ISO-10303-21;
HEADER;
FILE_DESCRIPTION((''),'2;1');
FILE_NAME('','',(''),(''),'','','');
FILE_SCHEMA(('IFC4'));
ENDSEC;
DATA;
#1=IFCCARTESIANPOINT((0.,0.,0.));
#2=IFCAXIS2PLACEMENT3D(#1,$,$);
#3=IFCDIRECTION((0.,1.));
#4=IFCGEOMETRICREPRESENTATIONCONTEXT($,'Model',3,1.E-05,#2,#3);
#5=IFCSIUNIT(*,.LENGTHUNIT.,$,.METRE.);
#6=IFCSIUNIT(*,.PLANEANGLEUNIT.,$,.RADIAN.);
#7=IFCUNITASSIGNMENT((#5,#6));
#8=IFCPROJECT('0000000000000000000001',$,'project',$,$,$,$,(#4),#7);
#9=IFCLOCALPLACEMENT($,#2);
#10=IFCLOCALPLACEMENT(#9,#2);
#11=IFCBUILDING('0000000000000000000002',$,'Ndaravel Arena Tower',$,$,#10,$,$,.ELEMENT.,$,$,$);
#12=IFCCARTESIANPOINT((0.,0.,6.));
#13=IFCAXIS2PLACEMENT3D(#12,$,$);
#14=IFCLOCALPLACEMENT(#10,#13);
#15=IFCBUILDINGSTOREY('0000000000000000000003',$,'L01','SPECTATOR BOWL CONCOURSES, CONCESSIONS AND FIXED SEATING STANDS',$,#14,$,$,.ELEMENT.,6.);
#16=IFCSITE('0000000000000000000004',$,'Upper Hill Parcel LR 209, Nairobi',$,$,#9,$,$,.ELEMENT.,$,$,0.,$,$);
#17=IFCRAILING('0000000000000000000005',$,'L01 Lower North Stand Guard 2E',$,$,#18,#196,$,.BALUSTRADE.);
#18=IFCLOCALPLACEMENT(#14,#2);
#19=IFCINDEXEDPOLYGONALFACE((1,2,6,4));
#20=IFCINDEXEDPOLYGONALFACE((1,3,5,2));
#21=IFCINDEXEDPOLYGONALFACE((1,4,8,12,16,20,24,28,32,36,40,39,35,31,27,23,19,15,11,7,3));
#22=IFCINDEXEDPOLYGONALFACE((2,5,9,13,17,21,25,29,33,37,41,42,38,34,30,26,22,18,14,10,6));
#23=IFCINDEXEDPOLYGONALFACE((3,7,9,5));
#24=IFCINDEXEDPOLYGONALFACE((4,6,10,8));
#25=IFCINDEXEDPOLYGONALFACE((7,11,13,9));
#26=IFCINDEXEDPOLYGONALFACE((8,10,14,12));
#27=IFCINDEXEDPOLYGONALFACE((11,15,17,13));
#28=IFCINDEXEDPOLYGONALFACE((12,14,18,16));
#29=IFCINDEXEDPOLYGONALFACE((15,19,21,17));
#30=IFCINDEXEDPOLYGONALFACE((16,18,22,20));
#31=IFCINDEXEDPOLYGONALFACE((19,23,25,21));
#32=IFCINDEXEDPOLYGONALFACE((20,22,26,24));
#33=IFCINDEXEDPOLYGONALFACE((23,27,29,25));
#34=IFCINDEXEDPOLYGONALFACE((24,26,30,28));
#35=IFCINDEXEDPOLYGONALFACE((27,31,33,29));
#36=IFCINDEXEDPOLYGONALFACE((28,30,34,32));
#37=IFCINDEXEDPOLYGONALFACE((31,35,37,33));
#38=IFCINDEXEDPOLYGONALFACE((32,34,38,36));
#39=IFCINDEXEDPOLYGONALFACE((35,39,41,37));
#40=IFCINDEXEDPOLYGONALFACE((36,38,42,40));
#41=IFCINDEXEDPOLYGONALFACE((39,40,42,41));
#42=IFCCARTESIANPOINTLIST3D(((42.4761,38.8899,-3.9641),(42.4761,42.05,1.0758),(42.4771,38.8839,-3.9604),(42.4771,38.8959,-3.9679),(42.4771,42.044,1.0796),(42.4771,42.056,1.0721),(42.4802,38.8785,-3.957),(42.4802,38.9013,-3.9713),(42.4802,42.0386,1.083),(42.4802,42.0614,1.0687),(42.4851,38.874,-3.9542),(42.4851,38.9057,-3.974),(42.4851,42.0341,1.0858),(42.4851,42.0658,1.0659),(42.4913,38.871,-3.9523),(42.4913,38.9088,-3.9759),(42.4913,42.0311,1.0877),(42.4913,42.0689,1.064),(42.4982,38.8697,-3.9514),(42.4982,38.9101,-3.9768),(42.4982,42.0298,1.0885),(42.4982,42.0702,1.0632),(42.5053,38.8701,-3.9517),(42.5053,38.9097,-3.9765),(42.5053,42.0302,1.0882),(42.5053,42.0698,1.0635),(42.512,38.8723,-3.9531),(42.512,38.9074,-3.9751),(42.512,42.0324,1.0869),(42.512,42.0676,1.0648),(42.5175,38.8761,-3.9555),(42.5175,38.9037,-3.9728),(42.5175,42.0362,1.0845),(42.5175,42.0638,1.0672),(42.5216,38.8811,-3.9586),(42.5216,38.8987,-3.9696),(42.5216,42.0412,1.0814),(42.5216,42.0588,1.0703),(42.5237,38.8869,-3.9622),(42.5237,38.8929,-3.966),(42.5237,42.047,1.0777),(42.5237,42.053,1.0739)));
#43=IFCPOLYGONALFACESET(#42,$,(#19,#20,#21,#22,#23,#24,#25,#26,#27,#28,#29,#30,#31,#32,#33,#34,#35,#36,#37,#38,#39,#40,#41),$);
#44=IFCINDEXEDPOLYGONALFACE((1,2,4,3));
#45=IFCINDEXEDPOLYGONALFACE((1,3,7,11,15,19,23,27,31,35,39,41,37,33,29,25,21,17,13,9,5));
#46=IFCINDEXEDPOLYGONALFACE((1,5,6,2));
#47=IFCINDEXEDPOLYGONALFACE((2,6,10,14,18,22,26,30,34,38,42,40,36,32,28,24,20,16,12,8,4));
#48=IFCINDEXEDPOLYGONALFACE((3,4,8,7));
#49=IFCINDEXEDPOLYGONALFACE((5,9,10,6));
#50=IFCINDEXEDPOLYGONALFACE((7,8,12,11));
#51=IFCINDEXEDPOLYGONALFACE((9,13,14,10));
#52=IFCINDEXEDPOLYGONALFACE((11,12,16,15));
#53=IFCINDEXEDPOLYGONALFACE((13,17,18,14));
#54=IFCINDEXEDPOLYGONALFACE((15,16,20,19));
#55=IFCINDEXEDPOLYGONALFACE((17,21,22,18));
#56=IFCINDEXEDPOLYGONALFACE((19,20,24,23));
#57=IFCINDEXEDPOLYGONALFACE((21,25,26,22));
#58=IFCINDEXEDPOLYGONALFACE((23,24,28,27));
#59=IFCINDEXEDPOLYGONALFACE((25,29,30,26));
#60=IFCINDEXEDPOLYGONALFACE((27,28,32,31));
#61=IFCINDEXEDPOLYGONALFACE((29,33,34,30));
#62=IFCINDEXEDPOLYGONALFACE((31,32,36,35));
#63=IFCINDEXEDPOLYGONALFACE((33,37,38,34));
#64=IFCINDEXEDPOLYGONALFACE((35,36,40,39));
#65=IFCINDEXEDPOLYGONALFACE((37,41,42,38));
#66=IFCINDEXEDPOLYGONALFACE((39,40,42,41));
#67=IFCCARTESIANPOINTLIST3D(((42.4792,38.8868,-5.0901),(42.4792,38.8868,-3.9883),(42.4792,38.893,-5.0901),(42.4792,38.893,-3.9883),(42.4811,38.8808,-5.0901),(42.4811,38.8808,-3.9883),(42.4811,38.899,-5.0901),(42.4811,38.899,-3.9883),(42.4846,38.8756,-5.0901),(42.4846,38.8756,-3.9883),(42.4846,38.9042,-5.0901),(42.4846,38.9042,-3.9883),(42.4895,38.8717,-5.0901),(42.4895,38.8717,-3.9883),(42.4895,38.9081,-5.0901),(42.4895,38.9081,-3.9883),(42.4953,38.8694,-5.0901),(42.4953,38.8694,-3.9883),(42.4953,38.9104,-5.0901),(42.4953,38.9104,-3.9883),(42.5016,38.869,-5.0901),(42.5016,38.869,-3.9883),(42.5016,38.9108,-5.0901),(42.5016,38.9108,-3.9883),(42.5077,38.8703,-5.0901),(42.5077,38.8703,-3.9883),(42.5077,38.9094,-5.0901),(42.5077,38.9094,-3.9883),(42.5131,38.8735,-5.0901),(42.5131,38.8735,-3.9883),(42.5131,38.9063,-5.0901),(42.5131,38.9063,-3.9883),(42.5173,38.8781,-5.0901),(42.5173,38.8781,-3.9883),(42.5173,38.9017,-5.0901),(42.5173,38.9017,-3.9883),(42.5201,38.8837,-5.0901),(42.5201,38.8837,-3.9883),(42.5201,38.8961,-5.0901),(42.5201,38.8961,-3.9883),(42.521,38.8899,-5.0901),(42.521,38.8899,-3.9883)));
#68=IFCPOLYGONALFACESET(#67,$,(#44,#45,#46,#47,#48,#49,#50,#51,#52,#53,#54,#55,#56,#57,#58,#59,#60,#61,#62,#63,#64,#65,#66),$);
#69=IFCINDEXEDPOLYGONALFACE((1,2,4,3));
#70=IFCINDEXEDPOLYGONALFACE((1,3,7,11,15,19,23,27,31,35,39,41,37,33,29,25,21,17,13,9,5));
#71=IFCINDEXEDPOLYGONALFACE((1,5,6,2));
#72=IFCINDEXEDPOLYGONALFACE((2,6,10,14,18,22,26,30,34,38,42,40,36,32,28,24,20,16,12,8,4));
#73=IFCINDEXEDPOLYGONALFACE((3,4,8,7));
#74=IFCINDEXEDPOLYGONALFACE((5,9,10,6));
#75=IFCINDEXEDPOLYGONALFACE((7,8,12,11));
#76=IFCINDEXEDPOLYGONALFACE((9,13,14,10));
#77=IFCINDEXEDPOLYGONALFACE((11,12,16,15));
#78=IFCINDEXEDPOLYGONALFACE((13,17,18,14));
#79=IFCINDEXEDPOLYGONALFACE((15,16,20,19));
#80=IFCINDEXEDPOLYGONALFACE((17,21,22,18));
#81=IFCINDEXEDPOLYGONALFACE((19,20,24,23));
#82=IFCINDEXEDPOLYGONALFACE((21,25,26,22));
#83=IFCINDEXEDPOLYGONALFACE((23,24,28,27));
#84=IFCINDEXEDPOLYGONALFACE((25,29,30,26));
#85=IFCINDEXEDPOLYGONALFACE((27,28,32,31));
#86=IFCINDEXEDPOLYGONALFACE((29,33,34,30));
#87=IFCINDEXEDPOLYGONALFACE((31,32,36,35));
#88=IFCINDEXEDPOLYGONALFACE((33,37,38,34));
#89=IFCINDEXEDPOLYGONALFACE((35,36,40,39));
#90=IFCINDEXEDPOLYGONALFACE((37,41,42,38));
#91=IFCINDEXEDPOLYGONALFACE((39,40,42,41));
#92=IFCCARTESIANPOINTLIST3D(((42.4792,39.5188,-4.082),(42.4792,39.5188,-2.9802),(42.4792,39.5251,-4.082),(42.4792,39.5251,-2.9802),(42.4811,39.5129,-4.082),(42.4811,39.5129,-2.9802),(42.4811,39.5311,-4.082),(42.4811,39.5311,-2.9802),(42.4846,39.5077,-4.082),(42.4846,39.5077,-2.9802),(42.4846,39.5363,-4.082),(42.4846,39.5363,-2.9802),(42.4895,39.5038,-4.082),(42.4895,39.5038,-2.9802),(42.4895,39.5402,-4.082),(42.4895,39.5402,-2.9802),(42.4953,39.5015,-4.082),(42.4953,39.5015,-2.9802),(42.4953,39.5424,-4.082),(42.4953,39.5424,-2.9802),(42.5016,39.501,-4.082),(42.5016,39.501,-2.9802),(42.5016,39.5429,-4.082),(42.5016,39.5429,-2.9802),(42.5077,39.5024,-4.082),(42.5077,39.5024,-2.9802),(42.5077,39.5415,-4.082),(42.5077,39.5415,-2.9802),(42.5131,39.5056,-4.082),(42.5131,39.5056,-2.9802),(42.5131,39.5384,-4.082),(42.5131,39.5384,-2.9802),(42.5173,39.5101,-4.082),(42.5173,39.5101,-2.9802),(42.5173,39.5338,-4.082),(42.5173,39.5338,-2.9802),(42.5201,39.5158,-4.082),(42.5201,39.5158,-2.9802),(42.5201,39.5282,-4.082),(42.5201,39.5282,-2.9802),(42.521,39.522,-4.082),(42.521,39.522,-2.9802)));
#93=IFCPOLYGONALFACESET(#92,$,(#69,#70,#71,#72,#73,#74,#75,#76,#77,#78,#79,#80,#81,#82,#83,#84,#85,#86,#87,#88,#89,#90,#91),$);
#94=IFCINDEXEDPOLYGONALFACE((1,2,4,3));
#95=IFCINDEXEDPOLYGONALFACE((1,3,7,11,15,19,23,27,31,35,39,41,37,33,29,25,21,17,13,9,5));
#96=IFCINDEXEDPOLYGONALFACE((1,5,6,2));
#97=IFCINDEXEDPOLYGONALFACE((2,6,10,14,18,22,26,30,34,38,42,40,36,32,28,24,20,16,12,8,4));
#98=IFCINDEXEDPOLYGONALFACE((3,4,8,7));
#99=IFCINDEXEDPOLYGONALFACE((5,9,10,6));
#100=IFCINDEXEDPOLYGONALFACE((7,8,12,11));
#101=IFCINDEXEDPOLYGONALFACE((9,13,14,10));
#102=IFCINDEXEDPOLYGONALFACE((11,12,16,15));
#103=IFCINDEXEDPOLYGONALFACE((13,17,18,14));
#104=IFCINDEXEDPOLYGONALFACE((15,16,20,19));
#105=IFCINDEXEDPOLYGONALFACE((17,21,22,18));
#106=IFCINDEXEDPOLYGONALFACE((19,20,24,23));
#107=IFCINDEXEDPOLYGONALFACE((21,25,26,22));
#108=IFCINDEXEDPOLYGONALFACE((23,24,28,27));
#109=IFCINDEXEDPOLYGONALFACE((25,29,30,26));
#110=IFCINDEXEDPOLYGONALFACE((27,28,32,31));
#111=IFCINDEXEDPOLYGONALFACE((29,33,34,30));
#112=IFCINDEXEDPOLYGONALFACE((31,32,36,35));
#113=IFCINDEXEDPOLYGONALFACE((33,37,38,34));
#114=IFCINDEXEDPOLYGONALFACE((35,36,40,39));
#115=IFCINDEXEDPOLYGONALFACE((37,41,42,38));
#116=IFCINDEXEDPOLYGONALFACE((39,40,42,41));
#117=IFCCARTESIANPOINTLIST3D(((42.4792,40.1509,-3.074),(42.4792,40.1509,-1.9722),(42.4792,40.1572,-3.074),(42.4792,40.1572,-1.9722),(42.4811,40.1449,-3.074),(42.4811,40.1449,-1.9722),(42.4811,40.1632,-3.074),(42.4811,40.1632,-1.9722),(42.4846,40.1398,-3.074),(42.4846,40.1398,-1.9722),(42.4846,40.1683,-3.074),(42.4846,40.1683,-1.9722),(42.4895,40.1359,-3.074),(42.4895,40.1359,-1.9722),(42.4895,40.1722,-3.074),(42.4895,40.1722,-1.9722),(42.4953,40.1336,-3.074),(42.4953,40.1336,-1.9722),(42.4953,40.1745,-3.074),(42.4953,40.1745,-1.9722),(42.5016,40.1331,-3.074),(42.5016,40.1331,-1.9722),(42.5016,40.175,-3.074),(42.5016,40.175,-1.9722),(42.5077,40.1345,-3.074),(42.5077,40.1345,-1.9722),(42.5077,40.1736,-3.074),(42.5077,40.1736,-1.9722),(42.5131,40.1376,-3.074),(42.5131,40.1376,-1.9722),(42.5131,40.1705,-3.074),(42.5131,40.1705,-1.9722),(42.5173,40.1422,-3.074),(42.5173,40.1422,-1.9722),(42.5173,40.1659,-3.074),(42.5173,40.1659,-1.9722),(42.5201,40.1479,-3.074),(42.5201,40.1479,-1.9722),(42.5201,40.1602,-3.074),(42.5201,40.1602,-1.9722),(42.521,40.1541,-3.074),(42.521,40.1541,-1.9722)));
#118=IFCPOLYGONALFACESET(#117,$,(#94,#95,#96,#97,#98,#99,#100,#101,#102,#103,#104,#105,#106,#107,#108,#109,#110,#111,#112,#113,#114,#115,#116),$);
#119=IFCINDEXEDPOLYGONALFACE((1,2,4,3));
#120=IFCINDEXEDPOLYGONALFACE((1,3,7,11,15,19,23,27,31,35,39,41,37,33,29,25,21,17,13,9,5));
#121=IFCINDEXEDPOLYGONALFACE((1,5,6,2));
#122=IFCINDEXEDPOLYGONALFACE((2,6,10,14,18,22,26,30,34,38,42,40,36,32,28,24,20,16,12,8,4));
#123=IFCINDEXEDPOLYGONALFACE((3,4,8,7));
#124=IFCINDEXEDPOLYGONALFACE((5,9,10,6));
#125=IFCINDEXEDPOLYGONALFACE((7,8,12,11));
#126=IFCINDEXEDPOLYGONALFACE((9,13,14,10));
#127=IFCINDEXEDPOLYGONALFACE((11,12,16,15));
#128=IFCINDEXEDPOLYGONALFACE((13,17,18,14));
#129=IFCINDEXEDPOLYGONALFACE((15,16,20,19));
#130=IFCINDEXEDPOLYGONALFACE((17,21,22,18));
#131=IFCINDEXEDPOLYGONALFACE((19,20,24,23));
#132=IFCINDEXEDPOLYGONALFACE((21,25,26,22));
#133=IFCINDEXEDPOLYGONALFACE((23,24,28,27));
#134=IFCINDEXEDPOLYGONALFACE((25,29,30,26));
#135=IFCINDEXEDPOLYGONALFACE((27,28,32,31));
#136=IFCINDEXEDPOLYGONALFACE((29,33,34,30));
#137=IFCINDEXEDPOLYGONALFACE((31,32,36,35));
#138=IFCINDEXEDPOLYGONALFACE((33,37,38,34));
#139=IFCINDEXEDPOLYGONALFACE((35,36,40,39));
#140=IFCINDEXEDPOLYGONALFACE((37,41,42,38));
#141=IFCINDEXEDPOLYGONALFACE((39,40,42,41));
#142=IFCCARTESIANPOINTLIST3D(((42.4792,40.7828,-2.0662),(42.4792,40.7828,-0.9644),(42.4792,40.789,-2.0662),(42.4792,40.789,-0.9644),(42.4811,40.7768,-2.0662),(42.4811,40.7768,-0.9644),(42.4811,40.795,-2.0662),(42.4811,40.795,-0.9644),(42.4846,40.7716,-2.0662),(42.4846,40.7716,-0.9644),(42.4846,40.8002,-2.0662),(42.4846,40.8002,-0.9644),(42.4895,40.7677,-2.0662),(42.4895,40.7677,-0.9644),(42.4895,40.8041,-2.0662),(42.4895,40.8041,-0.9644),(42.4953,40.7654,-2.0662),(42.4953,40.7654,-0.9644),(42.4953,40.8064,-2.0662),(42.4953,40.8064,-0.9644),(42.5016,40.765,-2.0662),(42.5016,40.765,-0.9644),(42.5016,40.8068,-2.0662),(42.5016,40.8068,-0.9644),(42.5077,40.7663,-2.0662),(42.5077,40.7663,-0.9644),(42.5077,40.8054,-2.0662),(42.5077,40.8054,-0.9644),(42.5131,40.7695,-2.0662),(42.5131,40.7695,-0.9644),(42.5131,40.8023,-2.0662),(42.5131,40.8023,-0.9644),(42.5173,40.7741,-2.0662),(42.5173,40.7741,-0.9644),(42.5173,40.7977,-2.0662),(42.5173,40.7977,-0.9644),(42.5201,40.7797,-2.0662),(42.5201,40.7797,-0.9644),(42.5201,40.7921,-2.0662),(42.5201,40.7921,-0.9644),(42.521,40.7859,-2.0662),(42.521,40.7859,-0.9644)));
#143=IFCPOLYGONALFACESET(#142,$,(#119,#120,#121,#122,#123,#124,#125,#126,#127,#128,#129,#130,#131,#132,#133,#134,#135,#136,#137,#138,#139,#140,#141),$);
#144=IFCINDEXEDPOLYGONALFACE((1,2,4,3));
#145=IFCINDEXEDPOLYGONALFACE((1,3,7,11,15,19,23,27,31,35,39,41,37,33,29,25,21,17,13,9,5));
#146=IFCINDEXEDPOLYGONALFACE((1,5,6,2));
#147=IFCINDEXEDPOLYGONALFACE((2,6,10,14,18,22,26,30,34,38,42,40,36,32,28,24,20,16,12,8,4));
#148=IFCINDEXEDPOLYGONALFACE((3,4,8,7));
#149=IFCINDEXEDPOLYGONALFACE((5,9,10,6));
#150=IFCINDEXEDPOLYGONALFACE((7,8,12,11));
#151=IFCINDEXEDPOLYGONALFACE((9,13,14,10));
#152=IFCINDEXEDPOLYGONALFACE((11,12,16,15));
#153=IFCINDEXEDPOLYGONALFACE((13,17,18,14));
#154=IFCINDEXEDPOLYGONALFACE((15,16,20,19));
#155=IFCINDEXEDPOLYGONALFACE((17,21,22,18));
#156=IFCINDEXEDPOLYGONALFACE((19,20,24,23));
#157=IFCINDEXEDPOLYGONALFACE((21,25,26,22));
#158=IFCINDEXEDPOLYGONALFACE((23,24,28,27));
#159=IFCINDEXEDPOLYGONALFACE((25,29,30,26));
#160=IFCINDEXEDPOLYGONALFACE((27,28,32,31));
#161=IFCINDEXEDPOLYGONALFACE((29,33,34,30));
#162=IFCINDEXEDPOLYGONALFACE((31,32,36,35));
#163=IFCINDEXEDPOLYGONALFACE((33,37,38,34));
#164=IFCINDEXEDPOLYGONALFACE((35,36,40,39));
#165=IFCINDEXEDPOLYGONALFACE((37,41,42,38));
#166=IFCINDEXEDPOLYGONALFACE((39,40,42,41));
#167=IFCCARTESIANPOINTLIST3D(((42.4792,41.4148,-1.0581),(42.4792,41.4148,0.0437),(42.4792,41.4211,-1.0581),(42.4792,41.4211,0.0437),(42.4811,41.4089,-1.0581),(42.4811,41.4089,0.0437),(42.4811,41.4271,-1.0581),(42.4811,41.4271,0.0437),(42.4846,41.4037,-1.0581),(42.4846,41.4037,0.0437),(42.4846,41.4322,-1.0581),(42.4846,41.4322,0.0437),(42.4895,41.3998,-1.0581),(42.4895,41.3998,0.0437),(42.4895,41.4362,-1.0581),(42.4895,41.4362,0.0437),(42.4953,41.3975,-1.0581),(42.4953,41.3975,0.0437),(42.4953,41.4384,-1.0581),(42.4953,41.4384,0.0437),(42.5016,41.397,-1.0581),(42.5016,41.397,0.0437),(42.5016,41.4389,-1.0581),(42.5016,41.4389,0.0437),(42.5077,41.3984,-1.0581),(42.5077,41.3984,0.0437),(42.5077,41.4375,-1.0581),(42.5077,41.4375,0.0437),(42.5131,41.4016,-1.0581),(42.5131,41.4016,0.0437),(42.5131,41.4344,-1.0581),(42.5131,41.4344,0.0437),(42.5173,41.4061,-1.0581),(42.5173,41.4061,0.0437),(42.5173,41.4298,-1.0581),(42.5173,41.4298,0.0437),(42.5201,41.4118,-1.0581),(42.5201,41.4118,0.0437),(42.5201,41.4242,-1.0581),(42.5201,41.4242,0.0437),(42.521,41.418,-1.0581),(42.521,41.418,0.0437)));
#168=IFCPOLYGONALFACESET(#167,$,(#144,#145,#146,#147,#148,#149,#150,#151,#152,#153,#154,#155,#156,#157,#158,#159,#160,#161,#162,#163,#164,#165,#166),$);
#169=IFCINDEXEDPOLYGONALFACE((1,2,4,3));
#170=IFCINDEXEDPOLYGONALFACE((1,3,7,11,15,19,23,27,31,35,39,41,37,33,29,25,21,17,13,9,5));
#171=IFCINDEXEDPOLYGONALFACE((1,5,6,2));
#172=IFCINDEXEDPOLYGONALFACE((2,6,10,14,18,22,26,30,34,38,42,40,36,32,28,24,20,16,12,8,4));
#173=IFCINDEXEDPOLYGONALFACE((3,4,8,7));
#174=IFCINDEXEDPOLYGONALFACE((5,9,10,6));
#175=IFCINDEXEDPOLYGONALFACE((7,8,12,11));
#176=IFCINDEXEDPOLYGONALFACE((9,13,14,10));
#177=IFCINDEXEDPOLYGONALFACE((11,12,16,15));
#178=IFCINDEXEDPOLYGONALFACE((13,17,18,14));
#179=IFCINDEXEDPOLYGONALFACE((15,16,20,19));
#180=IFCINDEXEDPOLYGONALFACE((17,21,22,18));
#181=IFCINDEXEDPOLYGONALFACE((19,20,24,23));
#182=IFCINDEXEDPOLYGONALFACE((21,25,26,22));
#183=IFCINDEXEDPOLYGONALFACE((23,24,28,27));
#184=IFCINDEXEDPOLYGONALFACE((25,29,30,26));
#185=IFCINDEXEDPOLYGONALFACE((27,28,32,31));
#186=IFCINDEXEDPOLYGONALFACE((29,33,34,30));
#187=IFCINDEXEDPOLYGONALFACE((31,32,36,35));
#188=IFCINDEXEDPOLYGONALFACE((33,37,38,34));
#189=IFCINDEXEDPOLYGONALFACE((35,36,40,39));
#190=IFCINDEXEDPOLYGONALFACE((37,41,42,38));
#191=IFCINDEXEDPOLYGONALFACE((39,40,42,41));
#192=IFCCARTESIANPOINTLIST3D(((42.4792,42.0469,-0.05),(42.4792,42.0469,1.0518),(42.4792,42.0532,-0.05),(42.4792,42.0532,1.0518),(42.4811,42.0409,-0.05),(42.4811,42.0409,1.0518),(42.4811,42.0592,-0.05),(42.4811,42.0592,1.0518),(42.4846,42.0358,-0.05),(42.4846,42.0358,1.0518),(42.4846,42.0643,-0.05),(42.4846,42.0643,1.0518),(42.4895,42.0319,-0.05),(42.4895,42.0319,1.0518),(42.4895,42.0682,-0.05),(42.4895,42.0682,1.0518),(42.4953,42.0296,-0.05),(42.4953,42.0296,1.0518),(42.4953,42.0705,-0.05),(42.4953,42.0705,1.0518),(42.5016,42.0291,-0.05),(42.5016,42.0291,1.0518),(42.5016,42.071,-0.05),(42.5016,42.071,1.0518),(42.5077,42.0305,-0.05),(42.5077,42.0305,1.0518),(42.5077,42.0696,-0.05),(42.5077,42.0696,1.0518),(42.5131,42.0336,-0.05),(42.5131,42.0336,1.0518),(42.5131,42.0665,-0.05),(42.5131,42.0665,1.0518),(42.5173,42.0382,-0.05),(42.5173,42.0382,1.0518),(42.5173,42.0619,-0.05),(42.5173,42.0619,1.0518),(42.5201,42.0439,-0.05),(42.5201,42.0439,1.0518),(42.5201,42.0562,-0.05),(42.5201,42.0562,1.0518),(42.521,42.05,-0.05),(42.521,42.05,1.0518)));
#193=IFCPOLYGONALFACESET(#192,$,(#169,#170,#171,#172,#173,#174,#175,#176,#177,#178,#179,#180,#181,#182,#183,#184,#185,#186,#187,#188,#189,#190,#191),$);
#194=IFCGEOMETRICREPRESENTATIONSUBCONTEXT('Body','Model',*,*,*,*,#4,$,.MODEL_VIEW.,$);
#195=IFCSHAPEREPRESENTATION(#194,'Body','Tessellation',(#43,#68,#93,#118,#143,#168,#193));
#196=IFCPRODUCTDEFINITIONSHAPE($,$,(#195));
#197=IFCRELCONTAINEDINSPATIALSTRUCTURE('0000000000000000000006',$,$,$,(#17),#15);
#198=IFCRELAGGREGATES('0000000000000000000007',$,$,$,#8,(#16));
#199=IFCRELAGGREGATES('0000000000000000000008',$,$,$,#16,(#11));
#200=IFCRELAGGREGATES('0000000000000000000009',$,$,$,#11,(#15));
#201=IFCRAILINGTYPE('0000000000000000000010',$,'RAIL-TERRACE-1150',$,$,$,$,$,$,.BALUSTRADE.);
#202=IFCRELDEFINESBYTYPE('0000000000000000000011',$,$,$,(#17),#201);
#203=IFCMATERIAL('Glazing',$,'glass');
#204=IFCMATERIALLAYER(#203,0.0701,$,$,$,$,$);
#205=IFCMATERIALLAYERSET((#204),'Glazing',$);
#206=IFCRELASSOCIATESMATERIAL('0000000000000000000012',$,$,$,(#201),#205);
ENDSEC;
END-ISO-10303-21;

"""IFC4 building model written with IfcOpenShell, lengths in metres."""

from ifc_helpers import new_model, si_unit, direction, frame, origin, origin_2d, place, context, subcontext, project, spatial, circle, extrude, material, layer, layer_set, type_object, element, save


model = new_model("IFC4")

# Units and contexts
model_context = context("Model", 3, precision=1e-05, world=origin(), true_north=direction((0.0, 1.0)))
body_context = subcontext(model_context, "Body", "Model", "MODEL_VIEW")
ifc_project = project(units=[si_unit("LENGTHUNIT", "METRE"), si_unit("PLANEANGLEUNIT", "RADIAN")], contexts=[model_context])

# Site, building, storey
site_placement = place(None, origin())
site = spatial("IfcSite", under=ifc_project, at=site_placement, Name="Upper Hill Parcel LR 209, Nairobi", CompositionType="ELEMENT", RefElevation=0.0)
building_placement = place(site_placement, origin())
building = spatial("IfcBuilding", under=site, at=building_placement, Name="Ndaravel Arena Tower", CompositionType="ELEMENT")
storey_placement = place(building_placement, frame((0.0, 0.0, 6.0)))
storey = spatial("IfcBuildingStorey", under=building, at=storey_placement, Name="L01", Description="SPECTATOR BOWL CONCOURSES, CONCESSIONS AND FIXED SEATING STANDS", CompositionType="ELEMENT", Elevation=6.0)

# Railing
ifc_material_1 = material(Name="Glazing", Category="glass")
ifc_layer_1 = layer(ifc_material_1, 0.0701)
ifc_layer_set_1 = layer_set([ifc_layer_1], Name="Glazing")
railing_type_1 = type_object("IfcRailingType", Name="RAIL-TERRACE-1150", PredefinedType="BALUSTRADE", material=ifc_layer_set_1)
railing_1_placement = place(storey_placement, frame((42.5, 38.8899, -5.0901)))
element("IfcRailing", 1, at=railing_1_placement, inside=storey, type_object=railing_type_1, Name="L01 Lower North Stand Guard 2E", PredefinedType="BALUSTRADE", context=body_context, shape_type="SweptSolid", body=[
    extrude(circle(Radius=0.0239, at=origin_2d()), frame((0.0, 0.0, 1.126), z_axis=(0.0, 0.531223, 0.847232), x_axis=(-1.0, 0.0, 0.0)), (0.0, 0.0, 1.0), 5.9487),
    extrude(circle(Radius=0.021, at=origin_2d()), origin(), (0.0, 0.0, 1.0), 1.1018),
    extrude(circle(Radius=0.021, at=origin_2d()), frame((0.0, 0.6321, 1.0081)), (0.0, 0.0, 1.0), 1.1018),
    extrude(circle(Radius=0.021, at=origin_2d()), frame((0.0, 1.2642, 2.0161)), (0.0, 0.0, 1.0), 1.1018),
    extrude(circle(Radius=0.021, at=origin_2d()), frame((0.0, 1.896, 3.0239)), (0.0, 0.0, 1.0), 1.1018),
    extrude(circle(Radius=0.021, at=origin_2d()), frame((0.0, 2.5281, 4.032)), (0.0, 0.0, 1.0), 1.1018),
    extrude(circle(Radius=0.021, at=origin_2d()), frame((0.0, 3.1602, 5.04)), (0.0, 0.0, 1.0), 1.1018),
])

save(model, "model.ifc")
